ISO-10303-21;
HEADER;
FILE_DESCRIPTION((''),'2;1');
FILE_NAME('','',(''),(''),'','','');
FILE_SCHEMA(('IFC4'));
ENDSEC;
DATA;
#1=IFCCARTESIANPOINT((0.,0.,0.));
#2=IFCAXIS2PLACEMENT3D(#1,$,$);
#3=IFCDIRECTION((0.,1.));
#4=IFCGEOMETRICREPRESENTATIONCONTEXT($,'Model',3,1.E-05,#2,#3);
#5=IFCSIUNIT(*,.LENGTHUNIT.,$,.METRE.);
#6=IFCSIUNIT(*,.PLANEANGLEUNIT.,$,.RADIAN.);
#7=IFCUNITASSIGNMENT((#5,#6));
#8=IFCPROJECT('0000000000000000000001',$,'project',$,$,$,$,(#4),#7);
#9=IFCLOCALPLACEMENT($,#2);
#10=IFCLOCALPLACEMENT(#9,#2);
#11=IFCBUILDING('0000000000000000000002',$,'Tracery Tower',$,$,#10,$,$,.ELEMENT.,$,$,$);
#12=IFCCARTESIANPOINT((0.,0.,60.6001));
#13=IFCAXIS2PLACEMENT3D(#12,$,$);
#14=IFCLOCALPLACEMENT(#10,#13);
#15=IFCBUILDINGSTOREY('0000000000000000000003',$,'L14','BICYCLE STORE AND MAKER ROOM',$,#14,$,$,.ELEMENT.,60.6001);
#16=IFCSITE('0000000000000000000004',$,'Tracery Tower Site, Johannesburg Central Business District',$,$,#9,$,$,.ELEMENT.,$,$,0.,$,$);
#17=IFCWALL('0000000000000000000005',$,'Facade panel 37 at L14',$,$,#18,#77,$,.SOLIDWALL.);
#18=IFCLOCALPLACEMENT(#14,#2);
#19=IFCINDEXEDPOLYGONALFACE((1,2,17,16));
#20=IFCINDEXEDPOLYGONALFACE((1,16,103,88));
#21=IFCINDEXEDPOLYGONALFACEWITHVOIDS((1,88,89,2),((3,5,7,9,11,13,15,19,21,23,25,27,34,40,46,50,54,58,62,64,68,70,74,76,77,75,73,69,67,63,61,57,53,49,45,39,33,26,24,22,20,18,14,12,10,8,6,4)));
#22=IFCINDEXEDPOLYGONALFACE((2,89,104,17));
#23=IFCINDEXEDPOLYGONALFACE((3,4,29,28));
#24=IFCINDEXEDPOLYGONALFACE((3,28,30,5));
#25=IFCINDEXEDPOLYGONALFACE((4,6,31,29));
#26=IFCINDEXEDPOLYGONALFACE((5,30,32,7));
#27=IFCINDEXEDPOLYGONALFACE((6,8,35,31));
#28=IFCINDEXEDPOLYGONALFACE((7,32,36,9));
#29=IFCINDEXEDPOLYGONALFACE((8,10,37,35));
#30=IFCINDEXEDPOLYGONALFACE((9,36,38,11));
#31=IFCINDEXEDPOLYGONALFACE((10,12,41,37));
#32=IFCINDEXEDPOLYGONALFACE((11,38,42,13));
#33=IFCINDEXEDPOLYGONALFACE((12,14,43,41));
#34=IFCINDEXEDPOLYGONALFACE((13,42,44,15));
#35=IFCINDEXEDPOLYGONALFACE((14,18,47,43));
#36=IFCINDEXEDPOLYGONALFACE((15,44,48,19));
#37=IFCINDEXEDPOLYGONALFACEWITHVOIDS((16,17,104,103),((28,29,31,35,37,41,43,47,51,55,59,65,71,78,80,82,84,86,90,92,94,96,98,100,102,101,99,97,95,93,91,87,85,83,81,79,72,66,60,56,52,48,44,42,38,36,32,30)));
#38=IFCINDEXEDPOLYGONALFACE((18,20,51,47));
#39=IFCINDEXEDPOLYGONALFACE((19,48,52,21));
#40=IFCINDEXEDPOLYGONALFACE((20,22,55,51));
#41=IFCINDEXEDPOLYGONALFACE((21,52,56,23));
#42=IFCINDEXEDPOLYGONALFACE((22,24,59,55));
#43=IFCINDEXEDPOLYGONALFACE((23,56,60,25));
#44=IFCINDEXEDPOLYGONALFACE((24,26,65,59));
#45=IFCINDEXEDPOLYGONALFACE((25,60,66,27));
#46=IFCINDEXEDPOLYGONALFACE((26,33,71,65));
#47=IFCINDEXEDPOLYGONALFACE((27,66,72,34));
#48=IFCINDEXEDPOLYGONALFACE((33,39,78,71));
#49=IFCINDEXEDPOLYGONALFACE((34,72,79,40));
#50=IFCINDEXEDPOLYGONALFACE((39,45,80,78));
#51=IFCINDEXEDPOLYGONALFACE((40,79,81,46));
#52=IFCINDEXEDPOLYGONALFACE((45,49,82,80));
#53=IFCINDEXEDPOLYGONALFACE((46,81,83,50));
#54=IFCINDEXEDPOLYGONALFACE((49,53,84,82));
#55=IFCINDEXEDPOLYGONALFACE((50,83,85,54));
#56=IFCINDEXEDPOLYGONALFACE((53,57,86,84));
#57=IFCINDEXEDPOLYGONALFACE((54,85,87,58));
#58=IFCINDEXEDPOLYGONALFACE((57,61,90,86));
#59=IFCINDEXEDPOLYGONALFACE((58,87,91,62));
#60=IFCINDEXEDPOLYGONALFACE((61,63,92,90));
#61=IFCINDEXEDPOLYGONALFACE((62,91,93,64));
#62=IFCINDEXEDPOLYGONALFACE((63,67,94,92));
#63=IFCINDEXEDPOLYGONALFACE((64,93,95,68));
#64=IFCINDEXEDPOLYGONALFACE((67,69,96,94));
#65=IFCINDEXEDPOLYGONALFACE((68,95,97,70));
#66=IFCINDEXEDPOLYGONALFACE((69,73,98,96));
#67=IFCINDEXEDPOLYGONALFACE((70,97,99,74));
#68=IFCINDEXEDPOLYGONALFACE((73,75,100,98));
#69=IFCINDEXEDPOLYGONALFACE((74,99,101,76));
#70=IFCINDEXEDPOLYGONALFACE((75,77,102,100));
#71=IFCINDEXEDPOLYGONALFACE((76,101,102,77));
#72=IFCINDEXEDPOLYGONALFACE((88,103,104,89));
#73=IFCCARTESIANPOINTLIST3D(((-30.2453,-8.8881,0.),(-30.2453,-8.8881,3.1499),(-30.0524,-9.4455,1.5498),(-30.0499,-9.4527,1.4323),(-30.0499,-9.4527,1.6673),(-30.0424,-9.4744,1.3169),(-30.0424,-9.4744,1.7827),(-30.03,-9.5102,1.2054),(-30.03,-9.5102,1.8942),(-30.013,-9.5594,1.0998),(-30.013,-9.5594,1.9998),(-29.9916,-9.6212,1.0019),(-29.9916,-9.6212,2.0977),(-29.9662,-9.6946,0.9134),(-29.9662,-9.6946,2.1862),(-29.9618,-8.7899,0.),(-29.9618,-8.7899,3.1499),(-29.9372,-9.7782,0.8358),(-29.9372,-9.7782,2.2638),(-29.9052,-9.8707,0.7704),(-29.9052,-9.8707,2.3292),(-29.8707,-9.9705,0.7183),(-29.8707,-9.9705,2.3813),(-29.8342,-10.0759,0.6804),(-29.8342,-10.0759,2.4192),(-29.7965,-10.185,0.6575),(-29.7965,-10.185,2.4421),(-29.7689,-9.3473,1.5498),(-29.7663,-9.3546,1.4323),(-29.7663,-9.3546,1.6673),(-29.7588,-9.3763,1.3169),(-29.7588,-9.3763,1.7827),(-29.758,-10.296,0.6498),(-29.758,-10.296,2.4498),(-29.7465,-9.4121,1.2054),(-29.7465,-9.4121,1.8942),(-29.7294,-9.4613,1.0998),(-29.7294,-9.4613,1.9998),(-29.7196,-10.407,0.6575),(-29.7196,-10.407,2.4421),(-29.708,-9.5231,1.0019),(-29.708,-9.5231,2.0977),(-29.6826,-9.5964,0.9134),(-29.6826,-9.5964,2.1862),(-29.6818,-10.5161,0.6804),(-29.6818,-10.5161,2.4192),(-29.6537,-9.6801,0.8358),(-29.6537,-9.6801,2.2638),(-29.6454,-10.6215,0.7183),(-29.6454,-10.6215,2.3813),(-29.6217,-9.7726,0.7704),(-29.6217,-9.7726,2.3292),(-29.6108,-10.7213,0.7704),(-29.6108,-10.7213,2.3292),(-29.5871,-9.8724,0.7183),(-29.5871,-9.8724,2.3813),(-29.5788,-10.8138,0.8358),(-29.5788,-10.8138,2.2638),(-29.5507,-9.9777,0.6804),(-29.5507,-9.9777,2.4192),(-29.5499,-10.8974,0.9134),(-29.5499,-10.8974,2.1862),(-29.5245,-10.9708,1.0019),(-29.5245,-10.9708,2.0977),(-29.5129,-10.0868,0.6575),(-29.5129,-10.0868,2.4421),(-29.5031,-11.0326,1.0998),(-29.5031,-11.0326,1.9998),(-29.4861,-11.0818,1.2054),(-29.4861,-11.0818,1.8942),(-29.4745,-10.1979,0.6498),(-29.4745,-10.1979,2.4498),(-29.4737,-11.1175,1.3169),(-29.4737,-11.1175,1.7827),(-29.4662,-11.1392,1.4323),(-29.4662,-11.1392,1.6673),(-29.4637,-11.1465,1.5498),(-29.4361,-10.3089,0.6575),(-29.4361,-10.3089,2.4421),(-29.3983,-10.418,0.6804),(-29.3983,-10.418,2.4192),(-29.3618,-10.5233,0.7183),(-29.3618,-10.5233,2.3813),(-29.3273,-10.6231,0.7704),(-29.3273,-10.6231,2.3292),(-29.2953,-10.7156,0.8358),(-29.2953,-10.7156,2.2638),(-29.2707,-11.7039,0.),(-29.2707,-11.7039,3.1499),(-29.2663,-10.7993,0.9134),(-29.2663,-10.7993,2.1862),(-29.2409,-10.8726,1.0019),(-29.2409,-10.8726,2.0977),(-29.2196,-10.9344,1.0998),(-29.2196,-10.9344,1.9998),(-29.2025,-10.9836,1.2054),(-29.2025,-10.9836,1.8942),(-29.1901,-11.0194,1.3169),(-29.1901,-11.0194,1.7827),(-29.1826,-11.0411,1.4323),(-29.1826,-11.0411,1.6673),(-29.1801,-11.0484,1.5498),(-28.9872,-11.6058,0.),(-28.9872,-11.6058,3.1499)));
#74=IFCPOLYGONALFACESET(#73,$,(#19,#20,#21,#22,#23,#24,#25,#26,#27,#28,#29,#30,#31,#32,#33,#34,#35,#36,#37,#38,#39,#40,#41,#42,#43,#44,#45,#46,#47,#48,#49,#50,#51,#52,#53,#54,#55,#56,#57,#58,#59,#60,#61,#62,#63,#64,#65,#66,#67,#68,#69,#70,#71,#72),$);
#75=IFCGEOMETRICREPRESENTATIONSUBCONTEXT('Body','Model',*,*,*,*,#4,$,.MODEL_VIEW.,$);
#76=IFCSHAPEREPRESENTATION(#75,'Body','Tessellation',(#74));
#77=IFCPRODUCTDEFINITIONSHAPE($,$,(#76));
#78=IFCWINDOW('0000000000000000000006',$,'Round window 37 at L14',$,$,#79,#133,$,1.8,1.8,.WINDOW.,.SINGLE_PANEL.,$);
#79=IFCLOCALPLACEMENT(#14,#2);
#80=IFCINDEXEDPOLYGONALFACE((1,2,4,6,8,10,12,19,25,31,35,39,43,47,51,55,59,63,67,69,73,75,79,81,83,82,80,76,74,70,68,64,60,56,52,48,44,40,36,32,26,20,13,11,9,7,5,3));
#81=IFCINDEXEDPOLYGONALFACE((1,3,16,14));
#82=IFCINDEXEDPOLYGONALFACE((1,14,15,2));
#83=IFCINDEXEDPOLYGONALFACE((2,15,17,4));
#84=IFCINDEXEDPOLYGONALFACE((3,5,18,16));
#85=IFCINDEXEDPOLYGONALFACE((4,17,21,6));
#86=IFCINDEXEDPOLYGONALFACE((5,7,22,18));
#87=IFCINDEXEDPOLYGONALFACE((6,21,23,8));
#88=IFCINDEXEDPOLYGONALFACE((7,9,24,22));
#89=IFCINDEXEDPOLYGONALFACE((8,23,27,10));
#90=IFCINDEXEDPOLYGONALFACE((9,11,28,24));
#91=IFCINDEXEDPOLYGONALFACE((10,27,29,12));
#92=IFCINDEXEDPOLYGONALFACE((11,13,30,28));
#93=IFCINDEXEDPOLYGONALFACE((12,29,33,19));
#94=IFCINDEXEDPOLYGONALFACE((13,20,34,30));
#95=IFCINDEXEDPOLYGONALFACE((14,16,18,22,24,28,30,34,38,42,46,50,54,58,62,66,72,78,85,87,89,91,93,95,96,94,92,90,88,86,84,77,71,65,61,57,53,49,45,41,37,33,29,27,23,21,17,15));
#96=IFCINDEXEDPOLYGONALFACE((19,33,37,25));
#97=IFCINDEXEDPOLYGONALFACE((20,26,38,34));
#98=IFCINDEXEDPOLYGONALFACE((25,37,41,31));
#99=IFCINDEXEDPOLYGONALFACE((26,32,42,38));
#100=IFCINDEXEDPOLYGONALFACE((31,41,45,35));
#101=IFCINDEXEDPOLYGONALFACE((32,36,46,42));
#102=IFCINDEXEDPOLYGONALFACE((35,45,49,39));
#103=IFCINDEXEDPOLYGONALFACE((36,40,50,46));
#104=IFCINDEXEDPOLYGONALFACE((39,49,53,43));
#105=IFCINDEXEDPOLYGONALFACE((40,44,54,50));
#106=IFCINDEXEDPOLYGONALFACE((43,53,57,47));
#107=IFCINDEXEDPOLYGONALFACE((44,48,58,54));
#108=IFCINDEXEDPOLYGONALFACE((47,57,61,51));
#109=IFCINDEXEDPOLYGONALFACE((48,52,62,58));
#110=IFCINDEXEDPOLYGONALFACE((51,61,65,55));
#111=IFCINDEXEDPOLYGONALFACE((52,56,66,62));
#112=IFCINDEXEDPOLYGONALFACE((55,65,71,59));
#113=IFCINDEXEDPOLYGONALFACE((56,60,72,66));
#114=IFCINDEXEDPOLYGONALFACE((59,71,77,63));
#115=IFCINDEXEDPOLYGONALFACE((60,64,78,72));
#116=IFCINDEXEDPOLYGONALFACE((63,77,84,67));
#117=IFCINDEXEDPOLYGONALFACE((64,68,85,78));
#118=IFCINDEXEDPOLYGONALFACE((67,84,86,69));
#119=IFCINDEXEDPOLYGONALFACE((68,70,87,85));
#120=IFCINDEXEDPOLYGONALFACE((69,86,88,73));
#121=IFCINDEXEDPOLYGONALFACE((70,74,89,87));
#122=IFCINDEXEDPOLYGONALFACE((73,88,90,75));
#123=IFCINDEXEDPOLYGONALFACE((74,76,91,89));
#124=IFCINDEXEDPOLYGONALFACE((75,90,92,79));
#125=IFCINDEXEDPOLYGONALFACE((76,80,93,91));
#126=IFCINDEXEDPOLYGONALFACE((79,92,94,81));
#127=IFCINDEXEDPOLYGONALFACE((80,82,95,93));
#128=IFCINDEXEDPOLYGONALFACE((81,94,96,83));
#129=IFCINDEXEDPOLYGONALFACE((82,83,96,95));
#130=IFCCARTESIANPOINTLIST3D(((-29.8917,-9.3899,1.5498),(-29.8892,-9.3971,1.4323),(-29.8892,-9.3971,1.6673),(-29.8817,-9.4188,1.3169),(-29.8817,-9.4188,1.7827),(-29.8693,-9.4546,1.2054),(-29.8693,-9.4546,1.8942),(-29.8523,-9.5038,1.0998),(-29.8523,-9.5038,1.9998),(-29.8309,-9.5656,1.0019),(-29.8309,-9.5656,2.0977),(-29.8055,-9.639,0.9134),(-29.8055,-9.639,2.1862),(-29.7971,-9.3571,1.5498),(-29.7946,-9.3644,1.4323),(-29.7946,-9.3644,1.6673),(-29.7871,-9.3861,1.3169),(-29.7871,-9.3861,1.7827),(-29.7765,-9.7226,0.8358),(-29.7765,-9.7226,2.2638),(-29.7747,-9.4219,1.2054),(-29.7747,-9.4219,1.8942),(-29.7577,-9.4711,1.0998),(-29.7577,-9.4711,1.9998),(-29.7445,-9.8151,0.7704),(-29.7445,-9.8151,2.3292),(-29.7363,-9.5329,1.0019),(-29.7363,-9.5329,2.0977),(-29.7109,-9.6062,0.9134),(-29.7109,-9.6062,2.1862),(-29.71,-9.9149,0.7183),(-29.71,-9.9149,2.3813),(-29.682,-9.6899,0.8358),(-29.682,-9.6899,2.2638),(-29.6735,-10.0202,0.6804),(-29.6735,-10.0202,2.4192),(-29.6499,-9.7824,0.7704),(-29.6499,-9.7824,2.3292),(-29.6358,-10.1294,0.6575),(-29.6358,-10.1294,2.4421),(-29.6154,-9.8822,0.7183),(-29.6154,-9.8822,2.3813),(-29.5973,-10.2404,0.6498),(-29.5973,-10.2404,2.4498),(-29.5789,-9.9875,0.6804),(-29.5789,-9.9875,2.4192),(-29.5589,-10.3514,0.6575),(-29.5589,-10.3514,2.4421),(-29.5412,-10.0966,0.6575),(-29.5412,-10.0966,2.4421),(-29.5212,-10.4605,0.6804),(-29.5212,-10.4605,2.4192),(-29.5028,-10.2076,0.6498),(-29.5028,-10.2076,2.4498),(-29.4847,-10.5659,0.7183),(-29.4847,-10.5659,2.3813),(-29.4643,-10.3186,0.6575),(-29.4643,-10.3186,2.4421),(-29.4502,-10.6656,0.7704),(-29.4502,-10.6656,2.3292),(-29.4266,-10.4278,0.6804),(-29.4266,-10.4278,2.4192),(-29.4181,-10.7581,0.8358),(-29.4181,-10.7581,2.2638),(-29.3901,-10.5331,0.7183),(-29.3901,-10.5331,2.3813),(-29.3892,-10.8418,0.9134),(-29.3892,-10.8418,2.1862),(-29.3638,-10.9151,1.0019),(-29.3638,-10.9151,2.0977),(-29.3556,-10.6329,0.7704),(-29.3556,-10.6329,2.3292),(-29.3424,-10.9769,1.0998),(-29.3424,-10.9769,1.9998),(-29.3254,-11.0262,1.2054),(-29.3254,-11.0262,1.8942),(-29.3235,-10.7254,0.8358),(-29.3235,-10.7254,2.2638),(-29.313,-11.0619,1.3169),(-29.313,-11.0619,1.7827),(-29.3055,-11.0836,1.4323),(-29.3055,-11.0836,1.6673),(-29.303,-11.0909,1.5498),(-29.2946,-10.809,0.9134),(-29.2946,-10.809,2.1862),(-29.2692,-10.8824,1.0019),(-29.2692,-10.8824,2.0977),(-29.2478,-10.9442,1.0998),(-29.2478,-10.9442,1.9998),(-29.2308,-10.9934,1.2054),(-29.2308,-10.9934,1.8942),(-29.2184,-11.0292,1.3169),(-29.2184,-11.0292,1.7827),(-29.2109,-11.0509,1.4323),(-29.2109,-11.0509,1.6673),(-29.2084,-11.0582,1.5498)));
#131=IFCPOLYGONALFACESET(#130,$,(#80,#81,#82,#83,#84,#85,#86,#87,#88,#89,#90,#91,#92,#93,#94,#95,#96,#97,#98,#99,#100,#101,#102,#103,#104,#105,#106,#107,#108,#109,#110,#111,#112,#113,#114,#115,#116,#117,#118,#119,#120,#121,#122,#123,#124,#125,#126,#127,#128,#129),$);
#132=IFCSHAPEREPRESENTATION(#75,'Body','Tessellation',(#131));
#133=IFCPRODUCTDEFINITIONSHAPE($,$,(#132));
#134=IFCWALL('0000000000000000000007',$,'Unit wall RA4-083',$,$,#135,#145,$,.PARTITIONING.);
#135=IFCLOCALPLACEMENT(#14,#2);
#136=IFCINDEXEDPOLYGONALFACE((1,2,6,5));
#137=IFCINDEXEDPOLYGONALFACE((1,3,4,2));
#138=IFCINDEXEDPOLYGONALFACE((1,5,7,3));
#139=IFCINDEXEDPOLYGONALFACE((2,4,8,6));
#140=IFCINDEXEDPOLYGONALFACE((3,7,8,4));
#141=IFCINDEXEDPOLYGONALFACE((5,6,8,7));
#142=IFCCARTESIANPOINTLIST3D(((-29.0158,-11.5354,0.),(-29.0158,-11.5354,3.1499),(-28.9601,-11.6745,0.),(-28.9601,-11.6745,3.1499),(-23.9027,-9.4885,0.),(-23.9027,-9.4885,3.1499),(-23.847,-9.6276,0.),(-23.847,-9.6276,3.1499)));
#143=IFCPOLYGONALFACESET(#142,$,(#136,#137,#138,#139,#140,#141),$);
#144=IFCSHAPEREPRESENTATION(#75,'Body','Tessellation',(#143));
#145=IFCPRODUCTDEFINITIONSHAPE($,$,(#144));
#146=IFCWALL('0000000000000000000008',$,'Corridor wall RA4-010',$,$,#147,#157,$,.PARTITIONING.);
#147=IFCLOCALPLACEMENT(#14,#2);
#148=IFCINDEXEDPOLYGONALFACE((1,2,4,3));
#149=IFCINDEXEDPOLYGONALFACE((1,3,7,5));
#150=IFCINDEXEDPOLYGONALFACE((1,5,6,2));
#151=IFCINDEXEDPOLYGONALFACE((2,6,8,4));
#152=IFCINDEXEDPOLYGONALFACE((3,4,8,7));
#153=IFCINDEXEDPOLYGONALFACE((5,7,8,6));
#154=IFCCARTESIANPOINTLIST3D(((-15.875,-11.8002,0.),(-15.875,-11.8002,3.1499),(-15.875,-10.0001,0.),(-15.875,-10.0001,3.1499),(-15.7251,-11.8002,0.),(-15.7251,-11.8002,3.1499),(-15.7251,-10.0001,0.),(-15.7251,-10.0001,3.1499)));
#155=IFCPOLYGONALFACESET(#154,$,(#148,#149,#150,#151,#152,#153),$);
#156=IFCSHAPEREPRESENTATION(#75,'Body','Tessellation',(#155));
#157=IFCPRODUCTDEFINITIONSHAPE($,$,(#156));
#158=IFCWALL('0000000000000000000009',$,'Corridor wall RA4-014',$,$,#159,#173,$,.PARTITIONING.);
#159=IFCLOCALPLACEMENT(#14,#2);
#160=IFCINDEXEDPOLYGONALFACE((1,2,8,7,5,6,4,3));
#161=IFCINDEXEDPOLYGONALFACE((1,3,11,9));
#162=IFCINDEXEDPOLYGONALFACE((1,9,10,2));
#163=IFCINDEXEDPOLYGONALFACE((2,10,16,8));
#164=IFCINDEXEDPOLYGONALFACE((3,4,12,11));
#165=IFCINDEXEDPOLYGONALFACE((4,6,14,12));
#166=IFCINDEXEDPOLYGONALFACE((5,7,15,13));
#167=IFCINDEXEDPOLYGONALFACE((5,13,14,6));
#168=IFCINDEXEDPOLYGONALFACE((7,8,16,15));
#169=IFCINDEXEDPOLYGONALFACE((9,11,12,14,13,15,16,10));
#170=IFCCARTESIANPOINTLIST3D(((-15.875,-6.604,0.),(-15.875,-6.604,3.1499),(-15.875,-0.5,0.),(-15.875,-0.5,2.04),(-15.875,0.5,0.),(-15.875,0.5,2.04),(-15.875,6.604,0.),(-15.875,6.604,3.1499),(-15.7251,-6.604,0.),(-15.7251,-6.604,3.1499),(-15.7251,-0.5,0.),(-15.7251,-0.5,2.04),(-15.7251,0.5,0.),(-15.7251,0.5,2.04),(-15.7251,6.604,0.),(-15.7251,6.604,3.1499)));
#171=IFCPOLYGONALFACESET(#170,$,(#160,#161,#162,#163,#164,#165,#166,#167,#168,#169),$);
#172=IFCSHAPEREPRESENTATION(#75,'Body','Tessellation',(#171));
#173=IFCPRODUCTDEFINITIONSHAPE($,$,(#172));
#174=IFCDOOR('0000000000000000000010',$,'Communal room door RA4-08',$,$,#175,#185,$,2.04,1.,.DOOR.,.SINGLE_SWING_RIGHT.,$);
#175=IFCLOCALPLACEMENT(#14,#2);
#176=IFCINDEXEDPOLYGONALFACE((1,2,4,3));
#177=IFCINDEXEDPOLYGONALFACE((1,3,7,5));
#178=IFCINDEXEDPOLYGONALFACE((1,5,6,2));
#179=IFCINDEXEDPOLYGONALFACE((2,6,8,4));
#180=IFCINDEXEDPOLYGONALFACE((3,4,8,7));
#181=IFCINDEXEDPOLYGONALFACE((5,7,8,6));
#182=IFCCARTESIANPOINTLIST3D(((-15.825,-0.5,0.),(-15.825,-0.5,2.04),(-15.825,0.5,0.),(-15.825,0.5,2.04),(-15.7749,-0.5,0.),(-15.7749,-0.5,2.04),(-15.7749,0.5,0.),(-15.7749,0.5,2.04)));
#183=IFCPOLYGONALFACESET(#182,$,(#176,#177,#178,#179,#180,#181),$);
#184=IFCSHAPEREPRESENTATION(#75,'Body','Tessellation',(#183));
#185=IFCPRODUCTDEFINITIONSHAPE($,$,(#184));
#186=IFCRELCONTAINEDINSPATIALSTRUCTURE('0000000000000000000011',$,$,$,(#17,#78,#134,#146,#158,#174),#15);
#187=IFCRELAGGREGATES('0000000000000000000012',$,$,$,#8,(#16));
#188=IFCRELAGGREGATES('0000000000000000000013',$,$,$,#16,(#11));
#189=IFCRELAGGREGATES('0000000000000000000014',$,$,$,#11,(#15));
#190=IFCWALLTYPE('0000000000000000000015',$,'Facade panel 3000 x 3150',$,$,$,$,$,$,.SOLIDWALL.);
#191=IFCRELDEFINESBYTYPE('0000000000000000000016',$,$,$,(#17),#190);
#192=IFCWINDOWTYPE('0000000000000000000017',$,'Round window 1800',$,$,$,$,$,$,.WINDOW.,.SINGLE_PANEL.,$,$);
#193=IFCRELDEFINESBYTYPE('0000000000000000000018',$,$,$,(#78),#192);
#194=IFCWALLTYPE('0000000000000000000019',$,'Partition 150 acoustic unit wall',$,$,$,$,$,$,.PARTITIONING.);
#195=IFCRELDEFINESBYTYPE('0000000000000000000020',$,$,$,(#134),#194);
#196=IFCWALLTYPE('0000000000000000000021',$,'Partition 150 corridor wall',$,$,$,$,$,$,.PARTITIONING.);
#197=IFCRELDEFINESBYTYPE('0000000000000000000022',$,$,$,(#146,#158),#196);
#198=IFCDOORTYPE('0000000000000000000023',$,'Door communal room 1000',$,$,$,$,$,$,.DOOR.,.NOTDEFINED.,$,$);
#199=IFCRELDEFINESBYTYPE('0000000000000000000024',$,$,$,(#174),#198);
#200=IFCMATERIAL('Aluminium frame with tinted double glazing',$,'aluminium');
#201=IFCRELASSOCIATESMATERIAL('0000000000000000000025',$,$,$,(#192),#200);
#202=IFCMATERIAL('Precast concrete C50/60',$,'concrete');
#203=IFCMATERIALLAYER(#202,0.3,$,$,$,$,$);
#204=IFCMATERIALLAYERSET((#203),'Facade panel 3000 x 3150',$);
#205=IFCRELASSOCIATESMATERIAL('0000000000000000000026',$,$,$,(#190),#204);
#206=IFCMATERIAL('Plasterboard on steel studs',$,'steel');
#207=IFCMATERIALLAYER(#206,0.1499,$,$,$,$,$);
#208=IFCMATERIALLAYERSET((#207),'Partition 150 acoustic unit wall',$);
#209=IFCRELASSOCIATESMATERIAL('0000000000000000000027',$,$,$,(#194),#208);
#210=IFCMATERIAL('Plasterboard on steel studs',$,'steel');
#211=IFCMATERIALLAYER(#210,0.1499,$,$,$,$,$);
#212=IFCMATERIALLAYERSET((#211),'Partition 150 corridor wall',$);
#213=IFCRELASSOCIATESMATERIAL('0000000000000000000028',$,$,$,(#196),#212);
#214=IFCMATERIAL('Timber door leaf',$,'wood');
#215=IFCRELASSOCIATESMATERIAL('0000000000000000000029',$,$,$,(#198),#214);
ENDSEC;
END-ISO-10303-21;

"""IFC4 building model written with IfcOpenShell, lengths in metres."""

from ifc_helpers import new_model, si_unit, direction, frame, frame_2d, origin, origin_2d, place, context, subcontext, project, spatial, rectangle, circle, extrude, material, layer, layer_set, type_object, element, fill, save


model = new_model("IFC4")

# Units and contexts
model_context = context("Model", 3, precision=1e-05, world=origin(), true_north=direction((0.0, 1.0)))
body_context = subcontext(model_context, "Body", "Model", "MODEL_VIEW")
ifc_project = project(units=[si_unit("LENGTHUNIT", "METRE"), si_unit("PLANEANGLEUNIT", "RADIAN")], contexts=[model_context])

# Site, building, storey
site_placement = place(None, origin())
site = spatial("IfcSite", under=ifc_project, at=site_placement, Name="Tracery Tower Site, Johannesburg Central Business District", CompositionType="ELEMENT", RefElevation=0.0)
building_placement = place(site_placement, origin())
building = spatial("IfcBuilding", under=site, at=building_placement, Name="Tracery Tower", CompositionType="ELEMENT")
storey_placement = place(building_placement, frame((0.0, 0.0, 60.6001)))
storey = spatial("IfcBuildingStorey", under=building, at=storey_placement, Name="L14", Description="BICYCLE STORE AND MAKER ROOM", CompositionType="ELEMENT", Elevation=60.6001)

# Wall, opening, window
ifc_material_1 = material(Name="Aluminium frame with tinted double glazing", Category="aluminium")
window_type = type_object("IfcWindowType", Name="Round window 1800", PartitioningType="SINGLE_PANEL", PredefinedType="WINDOW", material=ifc_material_1)
ifc_material_2 = material(Name="Precast concrete C50/60", Category="concrete")
ifc_layer_1 = layer(ifc_material_2, 0.3)
ifc_layer_set_1 = layer_set([ifc_layer_1], Name="Facade panel 3000 x 3150")
wall_type_1 = type_object("IfcWallType", Name="Facade panel 3000 x 3150", PredefinedType="SOLIDWALL", material=ifc_layer_set_1)
wall_1_placement = place(storey_placement, frame((-30.1035, -8.8391, 0.0), z_axis=(0.0, 0.0, 1.0), x_axis=(0.327071, -0.945, 0.0)))
wall_1 = element("IfcWall", 1, at=wall_1_placement, inside=storey, type_object=wall_type_1, Name="Facade panel 37 at L14", PredefinedType="SOLIDWALL", context=body_context, shape_type="SweptSolid", body=[
    extrude(rectangle(XDim=2.9797, YDim=0.3, at=frame_2d((1.4897, 0.0))), origin(), (0.0, 0.0, 1.0), 3.1499),
])
opening_1_placement = place(wall_1_placement, frame((1.4897, 0.0, 1.5498)))
opening_1 = element("IfcOpeningElement", 2, at=opening_1_placement, cuts=wall_1, PredefinedType="OPENING", context=body_context, shape_type="SweptSolid", body=[
    extrude(circle(Radius=0.9, at=origin_2d()), frame((0.0, 0.1599, 0.0), z_axis=(0.0, -1.0, 0.0), x_axis=(1.0, 0.0, 0.0)), (0.0, 0.0, 1.0), 0.3201),
])
window_1_placement = place(opening_1_placement, origin())
window_1 = element("IfcWindow", 3, at=window_1_placement, inside=storey, type_object=window_type, Name="Round window 37 at L14", OverallHeight=1.8, OverallWidth=1.8, PartitioningType="SINGLE_PANEL", PredefinedType="WINDOW", context=body_context, shape_type="SweptSolid", body=[
    extrude(circle(Radius=0.9, at=origin_2d()), frame((0.0, 0.1201, 0.0), z_axis=(0.0, -1.0, 0.0), x_axis=(1.0, 0.0, 0.0)), (0.0, 0.0, 1.0), 0.1001),
])
fill(opening_1, window_1)

# Walls
ifc_material_3 = material(Name="Plasterboard on steel studs", Category="steel")
ifc_layer_2 = layer(ifc_material_3, 0.1499)
ifc_layer_set_2 = layer_set([ifc_layer_2], Name="Partition 150 acoustic unit wall")
wall_type_2 = type_object("IfcWallType", Name="Partition 150 acoustic unit wall", PredefinedType="PARTITIONING", material=ifc_layer_set_2)
wall_2_placement = place(storey_placement, frame((-28.988, -11.605, 0.0), z_axis=(0.0, 0.0, 1.0), x_axis=(0.928373, 0.371651, 0.0)))
element("IfcWall", 4, at=wall_2_placement, inside=storey, type_object=wall_type_2, Name="Unit wall RA4-083", PredefinedType="PARTITIONING", context=body_context, shape_type="SweptSolid", body=[
    extrude(rectangle(XDim=5.5076, YDim=0.1499, at=frame_2d((2.7539, 0.0))), origin(), (0.0, 0.0, 1.0), 3.1499),
])
ifc_material_4 = material(Name="Plasterboard on steel studs", Category="steel")
ifc_layer_3 = layer(ifc_material_4, 0.1499)
ifc_layer_set_3 = layer_set([ifc_layer_3], Name="Partition 150 corridor wall")
wall_type_3 = type_object("IfcWallType", Name="Partition 150 corridor wall", PredefinedType="PARTITIONING", material=ifc_layer_set_3)
wall_3_placement = place(storey_placement, frame((-15.8, -11.8, 0.0), z_axis=(0.0, 0.0, 1.0), x_axis=(0.0, 1.0, 0.0)))
element("IfcWall", 5, at=wall_3_placement, inside=storey, type_object=wall_type_3, Name="Corridor wall RA4-010", PredefinedType="PARTITIONING", context=body_context, shape_type="SweptSolid", body=[
    extrude(rectangle(XDim=1.8, YDim=0.1499, at=frame_2d((0.8999, 0.0))), origin(), (0.0, 0.0, 1.0), 3.1499),
])

# Wall, opening, door
wall_4_placement = place(storey_placement, frame((-15.8, -6.604, 0.0), z_axis=(0.0, 0.0, 1.0), x_axis=(0.0, 1.0, 0.0)))
wall_4 = element("IfcWall", 6, at=wall_4_placement, inside=storey, type_object=wall_type_3, Name="Corridor wall RA4-014", PredefinedType="PARTITIONING", context=body_context, shape_type="SweptSolid", body=[
    extrude(rectangle(XDim=13.208, YDim=0.1499, at=frame_2d((6.604, 0.0))), origin(), (0.0, 0.0, 1.0), 3.1499),
])
opening_2_placement = place(wall_4_placement, frame((6.104, 0.0, 0.0)))
opening_2 = element("IfcOpeningElement", 7, at=opening_2_placement, cuts=wall_4, PredefinedType="OPENING", context=body_context, shape_type="SweptSolid", body=[
    extrude(rectangle(XDim=1.0, YDim=2.04, at=frame_2d((0.5, 1.02))), frame((0.0, 0.075, 0.0), z_axis=(0.0, -1.0, 0.0), x_axis=(1.0, 0.0, 0.0)), (0.0, 0.0, 1.0), 0.1499),
])
ifc_material_5 = material(Name="Timber door leaf", Category="wood")
door_type_1 = type_object("IfcDoorType", Name="Door communal room 1000", OperationType="NOTDEFINED", PredefinedType="DOOR", material=ifc_material_5)
door_1_placement = place(opening_2_placement, origin())
door_1 = element("IfcDoor", 8, at=door_1_placement, inside=storey, type_object=door_type_1, Name="Communal room door RA4-08", OperationType="SINGLE_SWING_RIGHT", OverallHeight=2.04, OverallWidth=1.0, PredefinedType="DOOR", context=body_context, shape_type="SweptSolid", body=[
    extrude(rectangle(XDim=1.0, YDim=2.04, at=frame_2d((0.5, 1.02))), frame((0.0, 0.0249, 0.0), z_axis=(0.0, -1.0, 0.0), x_axis=(1.0, 0.0, 0.0)), (0.0, 0.0, 1.0), 0.05),
])
fill(opening_2, door_1)

save(model, "model.ifc")
